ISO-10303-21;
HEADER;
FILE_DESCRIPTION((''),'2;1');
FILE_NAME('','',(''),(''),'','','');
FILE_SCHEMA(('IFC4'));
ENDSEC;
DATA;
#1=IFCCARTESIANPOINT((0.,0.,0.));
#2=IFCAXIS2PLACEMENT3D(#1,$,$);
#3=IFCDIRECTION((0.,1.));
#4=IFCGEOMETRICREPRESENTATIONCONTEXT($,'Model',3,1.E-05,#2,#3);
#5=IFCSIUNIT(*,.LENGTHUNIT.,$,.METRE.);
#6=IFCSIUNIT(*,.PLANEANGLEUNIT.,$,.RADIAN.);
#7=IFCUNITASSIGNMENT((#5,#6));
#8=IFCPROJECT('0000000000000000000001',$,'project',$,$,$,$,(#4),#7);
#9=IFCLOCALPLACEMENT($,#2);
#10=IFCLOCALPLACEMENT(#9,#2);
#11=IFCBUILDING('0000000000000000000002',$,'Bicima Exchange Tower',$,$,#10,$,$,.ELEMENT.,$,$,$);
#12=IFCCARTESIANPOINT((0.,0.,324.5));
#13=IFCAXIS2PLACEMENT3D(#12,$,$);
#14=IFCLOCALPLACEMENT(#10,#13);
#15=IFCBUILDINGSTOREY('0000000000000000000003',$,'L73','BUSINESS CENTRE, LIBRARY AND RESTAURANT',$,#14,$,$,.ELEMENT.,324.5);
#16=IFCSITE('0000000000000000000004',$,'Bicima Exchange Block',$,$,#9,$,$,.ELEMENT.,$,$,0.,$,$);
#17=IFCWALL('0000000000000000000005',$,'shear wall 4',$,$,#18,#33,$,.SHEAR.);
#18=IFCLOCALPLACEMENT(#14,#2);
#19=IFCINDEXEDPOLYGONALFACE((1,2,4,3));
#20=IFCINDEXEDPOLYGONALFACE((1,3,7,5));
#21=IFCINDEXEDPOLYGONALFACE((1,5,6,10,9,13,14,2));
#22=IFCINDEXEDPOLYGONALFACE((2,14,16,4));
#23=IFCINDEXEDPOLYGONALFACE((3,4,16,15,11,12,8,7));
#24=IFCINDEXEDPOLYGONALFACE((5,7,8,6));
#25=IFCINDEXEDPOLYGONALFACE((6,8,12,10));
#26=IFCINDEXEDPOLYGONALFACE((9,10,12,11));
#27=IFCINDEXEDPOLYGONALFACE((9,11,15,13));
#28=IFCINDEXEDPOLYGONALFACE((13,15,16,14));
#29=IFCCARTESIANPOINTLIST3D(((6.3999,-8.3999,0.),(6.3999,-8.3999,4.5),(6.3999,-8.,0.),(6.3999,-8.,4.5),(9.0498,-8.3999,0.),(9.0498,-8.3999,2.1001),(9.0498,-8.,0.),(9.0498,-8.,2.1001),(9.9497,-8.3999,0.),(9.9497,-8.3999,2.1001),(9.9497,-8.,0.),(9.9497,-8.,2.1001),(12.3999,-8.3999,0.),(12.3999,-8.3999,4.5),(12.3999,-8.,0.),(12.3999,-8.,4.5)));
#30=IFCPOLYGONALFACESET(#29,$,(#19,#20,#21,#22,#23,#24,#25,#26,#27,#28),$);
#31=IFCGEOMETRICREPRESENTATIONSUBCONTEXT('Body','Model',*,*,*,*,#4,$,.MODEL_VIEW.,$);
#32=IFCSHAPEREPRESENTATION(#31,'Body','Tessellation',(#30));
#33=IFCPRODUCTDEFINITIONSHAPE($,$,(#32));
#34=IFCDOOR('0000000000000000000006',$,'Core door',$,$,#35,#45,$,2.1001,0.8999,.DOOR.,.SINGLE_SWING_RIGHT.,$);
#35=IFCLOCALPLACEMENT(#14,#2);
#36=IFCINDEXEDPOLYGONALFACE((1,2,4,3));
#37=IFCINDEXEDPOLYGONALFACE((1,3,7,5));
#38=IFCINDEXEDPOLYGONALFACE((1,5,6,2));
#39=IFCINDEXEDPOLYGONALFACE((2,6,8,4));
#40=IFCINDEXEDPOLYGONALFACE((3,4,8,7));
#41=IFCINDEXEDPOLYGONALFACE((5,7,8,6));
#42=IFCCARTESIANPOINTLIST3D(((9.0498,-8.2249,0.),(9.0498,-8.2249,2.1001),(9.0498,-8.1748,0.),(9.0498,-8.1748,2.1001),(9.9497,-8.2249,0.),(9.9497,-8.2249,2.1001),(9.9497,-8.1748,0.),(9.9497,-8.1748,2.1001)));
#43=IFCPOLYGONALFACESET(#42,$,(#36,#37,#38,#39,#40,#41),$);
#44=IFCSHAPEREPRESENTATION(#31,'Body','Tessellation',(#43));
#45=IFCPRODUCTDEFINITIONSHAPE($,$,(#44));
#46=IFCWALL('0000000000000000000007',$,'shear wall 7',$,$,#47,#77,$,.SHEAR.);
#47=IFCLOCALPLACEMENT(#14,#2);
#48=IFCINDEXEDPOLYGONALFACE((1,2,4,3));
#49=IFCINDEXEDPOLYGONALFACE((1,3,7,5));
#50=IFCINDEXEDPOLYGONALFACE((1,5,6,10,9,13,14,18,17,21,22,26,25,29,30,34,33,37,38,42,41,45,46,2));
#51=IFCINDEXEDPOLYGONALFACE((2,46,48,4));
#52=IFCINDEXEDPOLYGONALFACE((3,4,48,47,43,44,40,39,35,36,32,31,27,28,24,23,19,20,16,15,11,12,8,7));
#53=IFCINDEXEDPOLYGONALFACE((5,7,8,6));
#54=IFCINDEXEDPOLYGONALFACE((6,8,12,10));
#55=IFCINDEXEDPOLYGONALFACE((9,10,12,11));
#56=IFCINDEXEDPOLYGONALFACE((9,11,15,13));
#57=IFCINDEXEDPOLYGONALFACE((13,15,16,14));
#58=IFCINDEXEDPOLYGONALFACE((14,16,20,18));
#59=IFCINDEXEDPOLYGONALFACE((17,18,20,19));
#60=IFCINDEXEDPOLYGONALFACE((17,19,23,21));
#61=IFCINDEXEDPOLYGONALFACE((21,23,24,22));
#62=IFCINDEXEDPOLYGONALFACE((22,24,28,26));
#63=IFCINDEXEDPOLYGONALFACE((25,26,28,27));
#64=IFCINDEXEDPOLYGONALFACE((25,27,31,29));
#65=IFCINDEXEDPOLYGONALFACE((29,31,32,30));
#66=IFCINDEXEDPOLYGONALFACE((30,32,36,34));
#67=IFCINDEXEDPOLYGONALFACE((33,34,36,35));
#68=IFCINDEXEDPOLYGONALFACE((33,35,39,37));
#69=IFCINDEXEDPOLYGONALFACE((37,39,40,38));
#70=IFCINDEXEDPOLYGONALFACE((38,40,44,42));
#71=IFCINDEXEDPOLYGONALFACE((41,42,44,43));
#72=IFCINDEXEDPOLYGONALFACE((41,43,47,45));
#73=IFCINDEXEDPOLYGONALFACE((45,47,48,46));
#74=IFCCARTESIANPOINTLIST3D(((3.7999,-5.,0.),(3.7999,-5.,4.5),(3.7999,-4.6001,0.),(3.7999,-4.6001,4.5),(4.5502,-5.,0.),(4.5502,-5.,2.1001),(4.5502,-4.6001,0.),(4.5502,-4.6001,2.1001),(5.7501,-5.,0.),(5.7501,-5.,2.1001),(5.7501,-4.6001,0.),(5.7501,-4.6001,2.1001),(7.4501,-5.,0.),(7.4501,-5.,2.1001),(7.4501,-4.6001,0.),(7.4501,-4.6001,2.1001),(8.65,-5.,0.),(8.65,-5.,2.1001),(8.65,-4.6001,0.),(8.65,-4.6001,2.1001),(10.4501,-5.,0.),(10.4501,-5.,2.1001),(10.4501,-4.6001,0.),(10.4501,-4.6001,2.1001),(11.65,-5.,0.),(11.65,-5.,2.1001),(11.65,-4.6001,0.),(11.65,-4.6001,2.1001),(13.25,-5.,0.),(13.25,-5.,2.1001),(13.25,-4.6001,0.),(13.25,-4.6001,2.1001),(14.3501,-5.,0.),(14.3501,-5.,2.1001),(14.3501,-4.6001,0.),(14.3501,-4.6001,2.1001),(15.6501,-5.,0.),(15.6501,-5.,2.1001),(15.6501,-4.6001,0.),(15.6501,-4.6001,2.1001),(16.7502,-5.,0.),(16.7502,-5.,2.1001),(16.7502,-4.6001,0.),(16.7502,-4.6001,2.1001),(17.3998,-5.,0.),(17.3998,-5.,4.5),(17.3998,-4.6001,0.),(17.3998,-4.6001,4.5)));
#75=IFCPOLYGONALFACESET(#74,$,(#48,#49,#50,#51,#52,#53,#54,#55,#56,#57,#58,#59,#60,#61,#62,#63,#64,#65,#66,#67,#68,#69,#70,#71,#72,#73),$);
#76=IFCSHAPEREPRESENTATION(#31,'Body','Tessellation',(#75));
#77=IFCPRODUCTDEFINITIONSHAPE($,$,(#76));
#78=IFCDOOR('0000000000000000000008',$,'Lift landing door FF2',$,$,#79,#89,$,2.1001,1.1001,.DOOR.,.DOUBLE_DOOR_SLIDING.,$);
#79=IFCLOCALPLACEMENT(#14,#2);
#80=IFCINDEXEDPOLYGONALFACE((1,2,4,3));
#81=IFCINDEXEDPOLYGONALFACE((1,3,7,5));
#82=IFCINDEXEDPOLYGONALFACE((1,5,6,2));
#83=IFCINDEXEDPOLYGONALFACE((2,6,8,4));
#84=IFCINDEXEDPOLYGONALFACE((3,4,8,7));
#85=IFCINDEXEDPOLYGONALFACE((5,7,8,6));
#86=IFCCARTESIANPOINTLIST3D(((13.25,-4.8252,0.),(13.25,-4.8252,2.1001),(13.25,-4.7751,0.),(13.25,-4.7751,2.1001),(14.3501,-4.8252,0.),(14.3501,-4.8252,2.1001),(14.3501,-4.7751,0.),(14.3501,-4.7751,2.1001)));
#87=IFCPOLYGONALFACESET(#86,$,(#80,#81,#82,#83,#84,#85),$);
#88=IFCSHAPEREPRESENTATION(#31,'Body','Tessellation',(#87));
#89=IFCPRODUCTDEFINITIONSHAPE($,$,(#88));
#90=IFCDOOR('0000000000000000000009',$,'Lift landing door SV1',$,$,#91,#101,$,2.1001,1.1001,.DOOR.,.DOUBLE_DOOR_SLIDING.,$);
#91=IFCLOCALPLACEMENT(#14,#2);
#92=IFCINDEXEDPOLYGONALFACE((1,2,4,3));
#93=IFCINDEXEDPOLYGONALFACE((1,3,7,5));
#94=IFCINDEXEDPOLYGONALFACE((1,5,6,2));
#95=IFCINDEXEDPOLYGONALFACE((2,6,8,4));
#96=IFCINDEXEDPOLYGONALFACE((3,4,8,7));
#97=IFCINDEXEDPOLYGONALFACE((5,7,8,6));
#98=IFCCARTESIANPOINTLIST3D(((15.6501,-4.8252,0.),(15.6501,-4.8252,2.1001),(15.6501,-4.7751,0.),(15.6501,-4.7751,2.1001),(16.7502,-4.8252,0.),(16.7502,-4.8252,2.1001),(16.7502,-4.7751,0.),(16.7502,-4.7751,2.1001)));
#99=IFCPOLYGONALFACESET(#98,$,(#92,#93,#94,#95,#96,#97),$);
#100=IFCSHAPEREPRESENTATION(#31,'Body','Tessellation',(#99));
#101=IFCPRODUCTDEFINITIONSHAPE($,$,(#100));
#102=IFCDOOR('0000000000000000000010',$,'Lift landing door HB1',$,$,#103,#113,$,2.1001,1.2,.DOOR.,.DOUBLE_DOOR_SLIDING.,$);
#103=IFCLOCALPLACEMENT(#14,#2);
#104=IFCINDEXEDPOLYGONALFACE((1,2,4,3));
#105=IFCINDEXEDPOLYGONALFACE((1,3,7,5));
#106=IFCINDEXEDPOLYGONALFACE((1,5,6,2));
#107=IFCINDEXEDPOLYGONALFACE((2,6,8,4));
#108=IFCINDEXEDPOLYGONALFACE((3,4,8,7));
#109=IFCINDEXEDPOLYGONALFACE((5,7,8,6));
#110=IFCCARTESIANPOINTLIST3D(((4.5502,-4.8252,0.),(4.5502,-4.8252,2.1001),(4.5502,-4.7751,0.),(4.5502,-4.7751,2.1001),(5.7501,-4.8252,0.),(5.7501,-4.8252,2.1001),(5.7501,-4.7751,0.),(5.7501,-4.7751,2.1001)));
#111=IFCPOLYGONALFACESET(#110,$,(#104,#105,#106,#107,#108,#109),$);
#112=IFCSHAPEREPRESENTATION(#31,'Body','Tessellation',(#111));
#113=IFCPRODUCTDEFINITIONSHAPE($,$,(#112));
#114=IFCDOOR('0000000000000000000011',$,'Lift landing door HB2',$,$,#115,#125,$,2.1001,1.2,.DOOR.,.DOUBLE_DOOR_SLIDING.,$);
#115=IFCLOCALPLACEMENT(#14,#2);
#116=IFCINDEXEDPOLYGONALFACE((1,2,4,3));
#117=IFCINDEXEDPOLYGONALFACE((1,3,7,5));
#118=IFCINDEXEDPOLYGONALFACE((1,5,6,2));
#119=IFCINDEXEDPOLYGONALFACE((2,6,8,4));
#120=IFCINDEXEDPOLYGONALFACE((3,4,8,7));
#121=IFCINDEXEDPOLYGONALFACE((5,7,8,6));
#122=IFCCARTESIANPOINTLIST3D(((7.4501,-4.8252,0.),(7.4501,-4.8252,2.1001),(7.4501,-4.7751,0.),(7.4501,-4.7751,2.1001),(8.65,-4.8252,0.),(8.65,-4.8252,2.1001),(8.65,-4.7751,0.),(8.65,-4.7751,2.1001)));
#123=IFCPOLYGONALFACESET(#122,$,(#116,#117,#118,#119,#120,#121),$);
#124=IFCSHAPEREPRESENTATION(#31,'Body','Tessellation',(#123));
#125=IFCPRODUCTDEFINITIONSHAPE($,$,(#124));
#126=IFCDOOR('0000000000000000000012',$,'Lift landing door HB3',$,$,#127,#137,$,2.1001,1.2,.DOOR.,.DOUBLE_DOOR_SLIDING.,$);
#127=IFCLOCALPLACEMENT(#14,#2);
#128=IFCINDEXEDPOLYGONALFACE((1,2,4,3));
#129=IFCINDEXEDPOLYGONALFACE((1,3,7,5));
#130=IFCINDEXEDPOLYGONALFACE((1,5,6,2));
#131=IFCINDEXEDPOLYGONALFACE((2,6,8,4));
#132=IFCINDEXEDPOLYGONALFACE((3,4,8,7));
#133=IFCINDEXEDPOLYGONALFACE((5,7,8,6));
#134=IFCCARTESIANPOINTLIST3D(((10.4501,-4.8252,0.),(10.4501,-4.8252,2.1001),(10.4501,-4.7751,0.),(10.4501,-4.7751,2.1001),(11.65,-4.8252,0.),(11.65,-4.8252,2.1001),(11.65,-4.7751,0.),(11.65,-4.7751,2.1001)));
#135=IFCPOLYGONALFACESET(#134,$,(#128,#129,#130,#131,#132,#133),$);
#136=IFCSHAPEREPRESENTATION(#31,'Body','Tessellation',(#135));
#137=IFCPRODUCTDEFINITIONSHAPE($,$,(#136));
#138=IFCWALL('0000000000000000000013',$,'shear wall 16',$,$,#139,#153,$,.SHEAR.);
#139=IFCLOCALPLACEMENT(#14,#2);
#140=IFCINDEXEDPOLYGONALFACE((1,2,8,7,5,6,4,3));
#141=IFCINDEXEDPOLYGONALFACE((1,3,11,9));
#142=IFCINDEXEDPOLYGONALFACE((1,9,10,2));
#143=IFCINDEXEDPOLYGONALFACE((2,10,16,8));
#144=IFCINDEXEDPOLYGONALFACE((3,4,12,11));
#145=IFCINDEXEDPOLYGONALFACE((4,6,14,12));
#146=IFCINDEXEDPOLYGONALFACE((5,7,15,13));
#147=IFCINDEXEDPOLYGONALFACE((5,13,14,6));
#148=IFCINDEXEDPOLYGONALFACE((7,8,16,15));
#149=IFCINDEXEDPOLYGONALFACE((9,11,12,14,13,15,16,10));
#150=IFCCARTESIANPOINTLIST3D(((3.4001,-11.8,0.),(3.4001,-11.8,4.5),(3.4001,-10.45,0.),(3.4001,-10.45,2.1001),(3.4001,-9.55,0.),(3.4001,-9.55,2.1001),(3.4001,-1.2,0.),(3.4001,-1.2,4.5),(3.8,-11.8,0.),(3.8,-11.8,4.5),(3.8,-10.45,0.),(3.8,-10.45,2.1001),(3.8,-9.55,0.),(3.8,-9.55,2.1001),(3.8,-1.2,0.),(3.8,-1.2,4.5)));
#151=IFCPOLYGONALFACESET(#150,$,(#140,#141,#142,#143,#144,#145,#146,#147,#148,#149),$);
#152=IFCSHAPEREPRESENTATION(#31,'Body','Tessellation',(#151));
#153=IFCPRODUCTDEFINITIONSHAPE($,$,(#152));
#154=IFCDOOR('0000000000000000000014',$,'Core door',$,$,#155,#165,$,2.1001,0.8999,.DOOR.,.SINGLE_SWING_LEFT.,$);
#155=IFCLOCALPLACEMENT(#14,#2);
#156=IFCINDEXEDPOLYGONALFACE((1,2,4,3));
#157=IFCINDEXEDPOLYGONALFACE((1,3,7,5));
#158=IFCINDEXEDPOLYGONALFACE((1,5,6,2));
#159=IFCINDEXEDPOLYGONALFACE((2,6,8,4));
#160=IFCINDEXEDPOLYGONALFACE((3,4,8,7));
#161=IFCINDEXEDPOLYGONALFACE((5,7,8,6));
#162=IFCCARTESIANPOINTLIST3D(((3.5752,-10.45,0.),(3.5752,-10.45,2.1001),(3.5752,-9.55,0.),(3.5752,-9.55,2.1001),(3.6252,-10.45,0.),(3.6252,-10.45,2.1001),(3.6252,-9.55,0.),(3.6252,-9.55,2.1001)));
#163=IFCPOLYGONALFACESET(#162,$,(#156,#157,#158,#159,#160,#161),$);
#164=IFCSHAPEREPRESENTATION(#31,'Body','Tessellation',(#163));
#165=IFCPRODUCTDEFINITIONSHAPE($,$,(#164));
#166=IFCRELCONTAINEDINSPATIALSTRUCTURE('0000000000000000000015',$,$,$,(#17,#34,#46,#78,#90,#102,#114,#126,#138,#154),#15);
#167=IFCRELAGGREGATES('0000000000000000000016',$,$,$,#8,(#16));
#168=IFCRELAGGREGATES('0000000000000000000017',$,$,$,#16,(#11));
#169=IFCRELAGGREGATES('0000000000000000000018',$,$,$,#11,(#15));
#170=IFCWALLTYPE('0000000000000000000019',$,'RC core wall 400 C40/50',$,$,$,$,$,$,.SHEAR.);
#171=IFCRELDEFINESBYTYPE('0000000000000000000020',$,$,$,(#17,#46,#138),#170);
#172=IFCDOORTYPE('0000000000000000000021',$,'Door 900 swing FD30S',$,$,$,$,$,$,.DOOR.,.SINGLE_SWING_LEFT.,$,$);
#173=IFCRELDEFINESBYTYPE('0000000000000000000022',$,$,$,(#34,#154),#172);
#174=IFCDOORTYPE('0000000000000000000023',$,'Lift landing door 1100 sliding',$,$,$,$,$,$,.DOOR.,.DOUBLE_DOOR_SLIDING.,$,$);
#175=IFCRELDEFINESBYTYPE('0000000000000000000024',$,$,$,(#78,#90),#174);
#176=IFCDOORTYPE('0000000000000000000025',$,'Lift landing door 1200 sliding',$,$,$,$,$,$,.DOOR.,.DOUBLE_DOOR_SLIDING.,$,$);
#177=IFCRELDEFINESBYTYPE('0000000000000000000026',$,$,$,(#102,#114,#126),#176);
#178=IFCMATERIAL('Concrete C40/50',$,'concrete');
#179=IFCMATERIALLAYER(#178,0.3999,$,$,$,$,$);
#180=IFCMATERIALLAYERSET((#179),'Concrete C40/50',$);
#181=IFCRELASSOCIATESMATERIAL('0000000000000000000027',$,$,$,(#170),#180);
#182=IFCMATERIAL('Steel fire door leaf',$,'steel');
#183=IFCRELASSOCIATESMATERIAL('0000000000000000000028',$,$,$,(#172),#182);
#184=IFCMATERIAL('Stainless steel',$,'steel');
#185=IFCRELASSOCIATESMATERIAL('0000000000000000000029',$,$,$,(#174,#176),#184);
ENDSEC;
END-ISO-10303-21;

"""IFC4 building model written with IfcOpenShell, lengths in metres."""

from ifc_helpers import new_model, si_unit, direction, frame, frame_2d, origin, place, context, subcontext, project, spatial, rectangle, extrude, material, layer, layer_set, type_object, element, fill, save


model = new_model("IFC4")

# Units and contexts
model_context = context("Model", 3, precision=1e-05, world=origin(), true_north=direction((0.0, 1.0)))
body_context = subcontext(model_context, "Body", "Model", "MODEL_VIEW")
ifc_project = project(units=[si_unit("LENGTHUNIT", "METRE"), si_unit("PLANEANGLEUNIT", "RADIAN")], contexts=[model_context])

# Site, building, storey
site_placement = place(None, origin())
site = spatial("IfcSite", under=ifc_project, at=site_placement, Name="Bicima Exchange Block", CompositionType="ELEMENT", RefElevation=0.0)
building_placement = place(site_placement, origin())
building = spatial("IfcBuilding", under=site, at=building_placement, Name="Bicima Exchange Tower", CompositionType="ELEMENT")
storey_placement = place(building_placement, frame((0.0, 0.0, 324.5)))
storey = spatial("IfcBuildingStorey", under=building, at=storey_placement, Name="L73", Description="BUSINESS CENTRE, LIBRARY AND RESTAURANT", CompositionType="ELEMENT", Elevation=324.5)

# Shared definitions
ifc_material_1 = material(Name="Concrete C40/50", Category="concrete")

# Wall, opening, door
ifc_layer_1 = layer(ifc_material_1, 0.3999)
ifc_layer_set_1 = layer_set([ifc_layer_1], Name="Concrete C40/50")
wall_type_1 = type_object("IfcWallType", Name="RC core wall 400 C40/50", PredefinedType="SHEAR", material=ifc_layer_set_1)
wall_1_placement = place(storey_placement, frame((6.3999, -8.2, 0.0), z_axis=(0.0, 0.0, 1.0), x_axis=(1.0, 0.0, 0.0)))
wall_1 = element("IfcWall", 1, at=wall_1_placement, inside=storey, type_object=wall_type_1, Name="shear wall 4", PredefinedType="SHEAR", context=body_context, shape_type="SweptSolid", body=[
    extrude(rectangle(XDim=6.0, YDim=0.3999, at=frame_2d((3.0, 0.0))), origin(), (0.0, 0.0, 1.0), 4.5),
])
opening_1_placement = place(wall_1_placement, frame((2.6499, 0.0, 0.0)))
opening_1 = element("IfcOpeningElement", 2, at=opening_1_placement, cuts=wall_1, PredefinedType="OPENING", context=body_context, shape_type="SweptSolid", body=[
    extrude(rectangle(XDim=0.8999, YDim=2.1001, at=frame_2d((0.45, 1.05))), frame((0.0, 0.2119, 0.0), z_axis=(0.0, -1.0, 0.0), x_axis=(1.0, 0.0, 0.0)), (0.0, 0.0, 1.0), 0.4238),
])
ifc_material_2 = material(Name="Steel fire door leaf", Category="steel")
door_type_1 = type_object("IfcDoorType", Name="Door 900 swing FD30S", OperationType="SINGLE_SWING_LEFT", PredefinedType="DOOR", material=ifc_material_2)
door_1_placement = place(opening_1_placement, frame((0.8999, 0.0, 0.0), z_axis=(0.0, 0.0, 1.0), x_axis=(-1.0, 0.0, 0.0)))
door_1 = element("IfcDoor", 3, at=door_1_placement, inside=storey, type_object=door_type_1, Name="Core door", OperationType="SINGLE_SWING_RIGHT", OverallHeight=2.1001, OverallWidth=0.8999, PredefinedType="DOOR", context=body_context, shape_type="SweptSolid", body=[
    extrude(rectangle(XDim=0.8999, YDim=2.1001, at=frame_2d((0.45, 1.05))), frame((0.0, 0.0249, 0.0), z_axis=(0.0, -1.0, 0.0), x_axis=(1.0, 0.0, 0.0)), (0.0, 0.0, 1.0), 0.05),
])
fill(opening_1, door_1)

# Wall, openings, doors
wall_2_placement = place(storey_placement, frame((3.8, -4.8, 0.0), z_axis=(0.0, 0.0, 1.0), x_axis=(1.0, 0.0, 0.0)))
wall_2 = element("IfcWall", 4, at=wall_2_placement, inside=storey, type_object=wall_type_1, Name="shear wall 7", PredefinedType="SHEAR", context=body_context, shape_type="SweptSolid", body=[
    extrude(rectangle(XDim=13.5999, YDim=0.3999, at=frame_2d((6.7998, 0.0))), origin(), (0.0, 0.0, 1.0), 4.5),
])
opening_2_placement = place(wall_2_placement, frame((0.75, 0.0, 0.0)))
opening_2 = element("IfcOpeningElement", 5, at=opening_2_placement, cuts=wall_2, PredefinedType="OPENING", context=body_context, shape_type="SweptSolid", body=[
    extrude(rectangle(XDim=1.2, YDim=2.1001, at=frame_2d((0.6001, 1.05))), frame((0.0, 0.2119, 0.0), z_axis=(0.0, -1.0, 0.0), x_axis=(1.0, 0.0, 0.0)), (0.0, 0.0, 1.0), 0.4238),
])
opening_3_placement = place(wall_2_placement, frame((3.6499, 0.0, 0.0)))
opening_3 = element("IfcOpeningElement", 6, at=opening_3_placement, cuts=wall_2, PredefinedType="OPENING", context=body_context, shape_type="SweptSolid", body=[
    extrude(rectangle(XDim=1.2, YDim=2.1001, at=frame_2d((0.6001, 1.05))), frame((0.0, 0.2119, 0.0), z_axis=(0.0, -1.0, 0.0), x_axis=(1.0, 0.0, 0.0)), (0.0, 0.0, 1.0), 0.4238),
])
opening_4_placement = place(wall_2_placement, frame((6.6499, 0.0, 0.0)))
opening_4 = element("IfcOpeningElement", 7, at=opening_4_placement, cuts=wall_2, PredefinedType="OPENING", context=body_context, shape_type="SweptSolid", body=[
    extrude(rectangle(XDim=1.2, YDim=2.1001, at=frame_2d((0.6001, 1.05))), frame((0.0, 0.2119, 0.0), z_axis=(0.0, -1.0, 0.0), x_axis=(1.0, 0.0, 0.0)), (0.0, 0.0, 1.0), 0.4238),
])
opening_5_placement = place(wall_2_placement, frame((9.45, 0.0, 0.0)))
opening_5 = element("IfcOpeningElement", 8, at=opening_5_placement, cuts=wall_2, PredefinedType="OPENING", context=body_context, shape_type="SweptSolid", body=[
    extrude(rectangle(XDim=1.1001, YDim=2.1001, at=frame_2d((0.55, 1.05))), frame((0.0, 0.2119, 0.0), z_axis=(0.0, -1.0, 0.0), x_axis=(1.0, 0.0, 0.0)), (0.0, 0.0, 1.0), 0.4238),
])
opening_6_placement = place(wall_2_placement, frame((11.8501, 0.0, 0.0)))
opening_6 = element("IfcOpeningElement", 9, at=opening_6_placement, cuts=wall_2, PredefinedType="OPENING", context=body_context, shape_type="SweptSolid", body=[
    extrude(rectangle(XDim=1.1001, YDim=2.1001, at=frame_2d((0.55, 1.05))), frame((0.0, 0.2119, 0.0), z_axis=(0.0, -1.0, 0.0), x_axis=(1.0, 0.0, 0.0)), (0.0, 0.0, 1.0), 0.4238),
])
ifc_material_3 = material(Name="Stainless steel", Category="steel")
door_type_2 = type_object("IfcDoorType", Name="Lift landing door 1100 sliding", OperationType="DOUBLE_DOOR_SLIDING", PredefinedType="DOOR", material=ifc_material_3)
door_2_placement = place(opening_5_placement, origin())
door_2 = element("IfcDoor", 10, at=door_2_placement, inside=storey, type_object=door_type_2, Name="Lift landing door FF2", OperationType="DOUBLE_DOOR_SLIDING", OverallHeight=2.1001, OverallWidth=1.1001, PredefinedType="DOOR", context=body_context, shape_type="SweptSolid", body=[
    extrude(rectangle(XDim=1.1001, YDim=2.1001, at=frame_2d((0.55, 1.05))), frame((0.0, 0.0249, 0.0), z_axis=(0.0, -1.0, 0.0), x_axis=(1.0, 0.0, 0.0)), (0.0, 0.0, 1.0), 0.05),
])
fill(opening_5, door_2)
door_3_placement = place(opening_6_placement, origin())
door_3 = element("IfcDoor", 11, at=door_3_placement, inside=storey, type_object=door_type_2, Name="Lift landing door SV1", OperationType="DOUBLE_DOOR_SLIDING", OverallHeight=2.1001, OverallWidth=1.1001, PredefinedType="DOOR", context=body_context, shape_type="SweptSolid", body=[
    extrude(rectangle(XDim=1.1001, YDim=2.1001, at=frame_2d((0.55, 1.05))), frame((0.0, 0.0249, 0.0), z_axis=(0.0, -1.0, 0.0), x_axis=(1.0, 0.0, 0.0)), (0.0, 0.0, 1.0), 0.05),
])
fill(opening_6, door_3)
door_type_3 = type_object("IfcDoorType", Name="Lift landing door 1200 sliding", OperationType="DOUBLE_DOOR_SLIDING", PredefinedType="DOOR", material=ifc_material_3)
door_4_placement = place(opening_2_placement, origin())
door_4 = element("IfcDoor", 12, at=door_4_placement, inside=storey, type_object=door_type_3, Name="Lift landing door HB1", OperationType="DOUBLE_DOOR_SLIDING", OverallHeight=2.1001, OverallWidth=1.2, PredefinedType="DOOR", context=body_context, shape_type="SweptSolid", body=[
    extrude(rectangle(XDim=1.2, YDim=2.1001, at=frame_2d((0.6001, 1.05))), frame((0.0, 0.0249, 0.0), z_axis=(0.0, -1.0, 0.0), x_axis=(1.0, 0.0, 0.0)), (0.0, 0.0, 1.0), 0.05),
])
fill(opening_2, door_4)
door_5_placement = place(opening_3_placement, origin())
door_5 = element("IfcDoor", 13, at=door_5_placement, inside=storey, type_object=door_type_3, Name="Lift landing door HB2", OperationType="DOUBLE_DOOR_SLIDING", OverallHeight=2.1001, OverallWidth=1.2, PredefinedType="DOOR", context=body_context, shape_type="SweptSolid", body=[
    extrude(rectangle(XDim=1.2, YDim=2.1001, at=frame_2d((0.6001, 1.05))), frame((0.0, 0.0249, 0.0), z_axis=(0.0, -1.0, 0.0), x_axis=(1.0, 0.0, 0.0)), (0.0, 0.0, 1.0), 0.05),
])
fill(opening_3, door_5)
door_6_placement = place(opening_4_placement, origin())
door_6 = element("IfcDoor", 14, at=door_6_placement, inside=storey, type_object=door_type_3, Name="Lift landing door HB3", OperationType="DOUBLE_DOOR_SLIDING", OverallHeight=2.1001, OverallWidth=1.2, PredefinedType="DOOR", context=body_context, shape_type="SweptSolid", body=[
    extrude(rectangle(XDim=1.2, YDim=2.1001, at=frame_2d((0.6001, 1.05))), frame((0.0, 0.0249, 0.0), z_axis=(0.0, -1.0, 0.0), x_axis=(1.0, 0.0, 0.0)), (0.0, 0.0, 1.0), 0.05),
])
fill(opening_4, door_6)

# Wall, opening, door
wall_3_placement = place(storey_placement, frame((3.6001, -11.8, 0.0), z_axis=(0.0, 0.0, 1.0), x_axis=(0.0, 1.0, 0.0)))
wall_3 = element("IfcWall", 15, at=wall_3_placement, inside=storey, type_object=wall_type_1, Name="shear wall 16", PredefinedType="SHEAR", context=body_context, shape_type="SweptSolid", body=[
    extrude(rectangle(XDim=10.6001, YDim=0.3999, at=frame_2d((5.3, 0.0))), origin(), (0.0, 0.0, 1.0), 4.5),
])
opening_7_placement = place(wall_3_placement, frame((1.3501, 0.0, 0.0)))
opening_7 = element("IfcOpeningElement", 16, at=opening_7_placement, cuts=wall_3, PredefinedType="OPENING", context=body_context, shape_type="SweptSolid", body=[
    extrude(rectangle(XDim=0.8999, YDim=2.1001, at=frame_2d((0.45, 1.05))), frame((0.0, 0.2119, 0.0), z_axis=(0.0, -1.0, 0.0), x_axis=(1.0, 0.0, 0.0)), (0.0, 0.0, 1.0), 0.4238),
])
door_7_placement = place(opening_7_placement, origin())
door_7 = element("IfcDoor", 17, at=door_7_placement, inside=storey, type_object=door_type_1, Name="Core door", OperationType="SINGLE_SWING_LEFT", OverallHeight=2.1001, OverallWidth=0.8999, PredefinedType="DOOR", context=body_context, shape_type="SweptSolid", body=[
    extrude(rectangle(XDim=0.8999, YDim=2.1001, at=frame_2d((0.45, 1.05))), frame((0.0, 0.0249, 0.0), z_axis=(0.0, -1.0, 0.0), x_axis=(1.0, 0.0, 0.0)), (0.0, 0.0, 1.0), 0.05),
])
fill(opening_7, door_7)

save(model, "model.ifc")
